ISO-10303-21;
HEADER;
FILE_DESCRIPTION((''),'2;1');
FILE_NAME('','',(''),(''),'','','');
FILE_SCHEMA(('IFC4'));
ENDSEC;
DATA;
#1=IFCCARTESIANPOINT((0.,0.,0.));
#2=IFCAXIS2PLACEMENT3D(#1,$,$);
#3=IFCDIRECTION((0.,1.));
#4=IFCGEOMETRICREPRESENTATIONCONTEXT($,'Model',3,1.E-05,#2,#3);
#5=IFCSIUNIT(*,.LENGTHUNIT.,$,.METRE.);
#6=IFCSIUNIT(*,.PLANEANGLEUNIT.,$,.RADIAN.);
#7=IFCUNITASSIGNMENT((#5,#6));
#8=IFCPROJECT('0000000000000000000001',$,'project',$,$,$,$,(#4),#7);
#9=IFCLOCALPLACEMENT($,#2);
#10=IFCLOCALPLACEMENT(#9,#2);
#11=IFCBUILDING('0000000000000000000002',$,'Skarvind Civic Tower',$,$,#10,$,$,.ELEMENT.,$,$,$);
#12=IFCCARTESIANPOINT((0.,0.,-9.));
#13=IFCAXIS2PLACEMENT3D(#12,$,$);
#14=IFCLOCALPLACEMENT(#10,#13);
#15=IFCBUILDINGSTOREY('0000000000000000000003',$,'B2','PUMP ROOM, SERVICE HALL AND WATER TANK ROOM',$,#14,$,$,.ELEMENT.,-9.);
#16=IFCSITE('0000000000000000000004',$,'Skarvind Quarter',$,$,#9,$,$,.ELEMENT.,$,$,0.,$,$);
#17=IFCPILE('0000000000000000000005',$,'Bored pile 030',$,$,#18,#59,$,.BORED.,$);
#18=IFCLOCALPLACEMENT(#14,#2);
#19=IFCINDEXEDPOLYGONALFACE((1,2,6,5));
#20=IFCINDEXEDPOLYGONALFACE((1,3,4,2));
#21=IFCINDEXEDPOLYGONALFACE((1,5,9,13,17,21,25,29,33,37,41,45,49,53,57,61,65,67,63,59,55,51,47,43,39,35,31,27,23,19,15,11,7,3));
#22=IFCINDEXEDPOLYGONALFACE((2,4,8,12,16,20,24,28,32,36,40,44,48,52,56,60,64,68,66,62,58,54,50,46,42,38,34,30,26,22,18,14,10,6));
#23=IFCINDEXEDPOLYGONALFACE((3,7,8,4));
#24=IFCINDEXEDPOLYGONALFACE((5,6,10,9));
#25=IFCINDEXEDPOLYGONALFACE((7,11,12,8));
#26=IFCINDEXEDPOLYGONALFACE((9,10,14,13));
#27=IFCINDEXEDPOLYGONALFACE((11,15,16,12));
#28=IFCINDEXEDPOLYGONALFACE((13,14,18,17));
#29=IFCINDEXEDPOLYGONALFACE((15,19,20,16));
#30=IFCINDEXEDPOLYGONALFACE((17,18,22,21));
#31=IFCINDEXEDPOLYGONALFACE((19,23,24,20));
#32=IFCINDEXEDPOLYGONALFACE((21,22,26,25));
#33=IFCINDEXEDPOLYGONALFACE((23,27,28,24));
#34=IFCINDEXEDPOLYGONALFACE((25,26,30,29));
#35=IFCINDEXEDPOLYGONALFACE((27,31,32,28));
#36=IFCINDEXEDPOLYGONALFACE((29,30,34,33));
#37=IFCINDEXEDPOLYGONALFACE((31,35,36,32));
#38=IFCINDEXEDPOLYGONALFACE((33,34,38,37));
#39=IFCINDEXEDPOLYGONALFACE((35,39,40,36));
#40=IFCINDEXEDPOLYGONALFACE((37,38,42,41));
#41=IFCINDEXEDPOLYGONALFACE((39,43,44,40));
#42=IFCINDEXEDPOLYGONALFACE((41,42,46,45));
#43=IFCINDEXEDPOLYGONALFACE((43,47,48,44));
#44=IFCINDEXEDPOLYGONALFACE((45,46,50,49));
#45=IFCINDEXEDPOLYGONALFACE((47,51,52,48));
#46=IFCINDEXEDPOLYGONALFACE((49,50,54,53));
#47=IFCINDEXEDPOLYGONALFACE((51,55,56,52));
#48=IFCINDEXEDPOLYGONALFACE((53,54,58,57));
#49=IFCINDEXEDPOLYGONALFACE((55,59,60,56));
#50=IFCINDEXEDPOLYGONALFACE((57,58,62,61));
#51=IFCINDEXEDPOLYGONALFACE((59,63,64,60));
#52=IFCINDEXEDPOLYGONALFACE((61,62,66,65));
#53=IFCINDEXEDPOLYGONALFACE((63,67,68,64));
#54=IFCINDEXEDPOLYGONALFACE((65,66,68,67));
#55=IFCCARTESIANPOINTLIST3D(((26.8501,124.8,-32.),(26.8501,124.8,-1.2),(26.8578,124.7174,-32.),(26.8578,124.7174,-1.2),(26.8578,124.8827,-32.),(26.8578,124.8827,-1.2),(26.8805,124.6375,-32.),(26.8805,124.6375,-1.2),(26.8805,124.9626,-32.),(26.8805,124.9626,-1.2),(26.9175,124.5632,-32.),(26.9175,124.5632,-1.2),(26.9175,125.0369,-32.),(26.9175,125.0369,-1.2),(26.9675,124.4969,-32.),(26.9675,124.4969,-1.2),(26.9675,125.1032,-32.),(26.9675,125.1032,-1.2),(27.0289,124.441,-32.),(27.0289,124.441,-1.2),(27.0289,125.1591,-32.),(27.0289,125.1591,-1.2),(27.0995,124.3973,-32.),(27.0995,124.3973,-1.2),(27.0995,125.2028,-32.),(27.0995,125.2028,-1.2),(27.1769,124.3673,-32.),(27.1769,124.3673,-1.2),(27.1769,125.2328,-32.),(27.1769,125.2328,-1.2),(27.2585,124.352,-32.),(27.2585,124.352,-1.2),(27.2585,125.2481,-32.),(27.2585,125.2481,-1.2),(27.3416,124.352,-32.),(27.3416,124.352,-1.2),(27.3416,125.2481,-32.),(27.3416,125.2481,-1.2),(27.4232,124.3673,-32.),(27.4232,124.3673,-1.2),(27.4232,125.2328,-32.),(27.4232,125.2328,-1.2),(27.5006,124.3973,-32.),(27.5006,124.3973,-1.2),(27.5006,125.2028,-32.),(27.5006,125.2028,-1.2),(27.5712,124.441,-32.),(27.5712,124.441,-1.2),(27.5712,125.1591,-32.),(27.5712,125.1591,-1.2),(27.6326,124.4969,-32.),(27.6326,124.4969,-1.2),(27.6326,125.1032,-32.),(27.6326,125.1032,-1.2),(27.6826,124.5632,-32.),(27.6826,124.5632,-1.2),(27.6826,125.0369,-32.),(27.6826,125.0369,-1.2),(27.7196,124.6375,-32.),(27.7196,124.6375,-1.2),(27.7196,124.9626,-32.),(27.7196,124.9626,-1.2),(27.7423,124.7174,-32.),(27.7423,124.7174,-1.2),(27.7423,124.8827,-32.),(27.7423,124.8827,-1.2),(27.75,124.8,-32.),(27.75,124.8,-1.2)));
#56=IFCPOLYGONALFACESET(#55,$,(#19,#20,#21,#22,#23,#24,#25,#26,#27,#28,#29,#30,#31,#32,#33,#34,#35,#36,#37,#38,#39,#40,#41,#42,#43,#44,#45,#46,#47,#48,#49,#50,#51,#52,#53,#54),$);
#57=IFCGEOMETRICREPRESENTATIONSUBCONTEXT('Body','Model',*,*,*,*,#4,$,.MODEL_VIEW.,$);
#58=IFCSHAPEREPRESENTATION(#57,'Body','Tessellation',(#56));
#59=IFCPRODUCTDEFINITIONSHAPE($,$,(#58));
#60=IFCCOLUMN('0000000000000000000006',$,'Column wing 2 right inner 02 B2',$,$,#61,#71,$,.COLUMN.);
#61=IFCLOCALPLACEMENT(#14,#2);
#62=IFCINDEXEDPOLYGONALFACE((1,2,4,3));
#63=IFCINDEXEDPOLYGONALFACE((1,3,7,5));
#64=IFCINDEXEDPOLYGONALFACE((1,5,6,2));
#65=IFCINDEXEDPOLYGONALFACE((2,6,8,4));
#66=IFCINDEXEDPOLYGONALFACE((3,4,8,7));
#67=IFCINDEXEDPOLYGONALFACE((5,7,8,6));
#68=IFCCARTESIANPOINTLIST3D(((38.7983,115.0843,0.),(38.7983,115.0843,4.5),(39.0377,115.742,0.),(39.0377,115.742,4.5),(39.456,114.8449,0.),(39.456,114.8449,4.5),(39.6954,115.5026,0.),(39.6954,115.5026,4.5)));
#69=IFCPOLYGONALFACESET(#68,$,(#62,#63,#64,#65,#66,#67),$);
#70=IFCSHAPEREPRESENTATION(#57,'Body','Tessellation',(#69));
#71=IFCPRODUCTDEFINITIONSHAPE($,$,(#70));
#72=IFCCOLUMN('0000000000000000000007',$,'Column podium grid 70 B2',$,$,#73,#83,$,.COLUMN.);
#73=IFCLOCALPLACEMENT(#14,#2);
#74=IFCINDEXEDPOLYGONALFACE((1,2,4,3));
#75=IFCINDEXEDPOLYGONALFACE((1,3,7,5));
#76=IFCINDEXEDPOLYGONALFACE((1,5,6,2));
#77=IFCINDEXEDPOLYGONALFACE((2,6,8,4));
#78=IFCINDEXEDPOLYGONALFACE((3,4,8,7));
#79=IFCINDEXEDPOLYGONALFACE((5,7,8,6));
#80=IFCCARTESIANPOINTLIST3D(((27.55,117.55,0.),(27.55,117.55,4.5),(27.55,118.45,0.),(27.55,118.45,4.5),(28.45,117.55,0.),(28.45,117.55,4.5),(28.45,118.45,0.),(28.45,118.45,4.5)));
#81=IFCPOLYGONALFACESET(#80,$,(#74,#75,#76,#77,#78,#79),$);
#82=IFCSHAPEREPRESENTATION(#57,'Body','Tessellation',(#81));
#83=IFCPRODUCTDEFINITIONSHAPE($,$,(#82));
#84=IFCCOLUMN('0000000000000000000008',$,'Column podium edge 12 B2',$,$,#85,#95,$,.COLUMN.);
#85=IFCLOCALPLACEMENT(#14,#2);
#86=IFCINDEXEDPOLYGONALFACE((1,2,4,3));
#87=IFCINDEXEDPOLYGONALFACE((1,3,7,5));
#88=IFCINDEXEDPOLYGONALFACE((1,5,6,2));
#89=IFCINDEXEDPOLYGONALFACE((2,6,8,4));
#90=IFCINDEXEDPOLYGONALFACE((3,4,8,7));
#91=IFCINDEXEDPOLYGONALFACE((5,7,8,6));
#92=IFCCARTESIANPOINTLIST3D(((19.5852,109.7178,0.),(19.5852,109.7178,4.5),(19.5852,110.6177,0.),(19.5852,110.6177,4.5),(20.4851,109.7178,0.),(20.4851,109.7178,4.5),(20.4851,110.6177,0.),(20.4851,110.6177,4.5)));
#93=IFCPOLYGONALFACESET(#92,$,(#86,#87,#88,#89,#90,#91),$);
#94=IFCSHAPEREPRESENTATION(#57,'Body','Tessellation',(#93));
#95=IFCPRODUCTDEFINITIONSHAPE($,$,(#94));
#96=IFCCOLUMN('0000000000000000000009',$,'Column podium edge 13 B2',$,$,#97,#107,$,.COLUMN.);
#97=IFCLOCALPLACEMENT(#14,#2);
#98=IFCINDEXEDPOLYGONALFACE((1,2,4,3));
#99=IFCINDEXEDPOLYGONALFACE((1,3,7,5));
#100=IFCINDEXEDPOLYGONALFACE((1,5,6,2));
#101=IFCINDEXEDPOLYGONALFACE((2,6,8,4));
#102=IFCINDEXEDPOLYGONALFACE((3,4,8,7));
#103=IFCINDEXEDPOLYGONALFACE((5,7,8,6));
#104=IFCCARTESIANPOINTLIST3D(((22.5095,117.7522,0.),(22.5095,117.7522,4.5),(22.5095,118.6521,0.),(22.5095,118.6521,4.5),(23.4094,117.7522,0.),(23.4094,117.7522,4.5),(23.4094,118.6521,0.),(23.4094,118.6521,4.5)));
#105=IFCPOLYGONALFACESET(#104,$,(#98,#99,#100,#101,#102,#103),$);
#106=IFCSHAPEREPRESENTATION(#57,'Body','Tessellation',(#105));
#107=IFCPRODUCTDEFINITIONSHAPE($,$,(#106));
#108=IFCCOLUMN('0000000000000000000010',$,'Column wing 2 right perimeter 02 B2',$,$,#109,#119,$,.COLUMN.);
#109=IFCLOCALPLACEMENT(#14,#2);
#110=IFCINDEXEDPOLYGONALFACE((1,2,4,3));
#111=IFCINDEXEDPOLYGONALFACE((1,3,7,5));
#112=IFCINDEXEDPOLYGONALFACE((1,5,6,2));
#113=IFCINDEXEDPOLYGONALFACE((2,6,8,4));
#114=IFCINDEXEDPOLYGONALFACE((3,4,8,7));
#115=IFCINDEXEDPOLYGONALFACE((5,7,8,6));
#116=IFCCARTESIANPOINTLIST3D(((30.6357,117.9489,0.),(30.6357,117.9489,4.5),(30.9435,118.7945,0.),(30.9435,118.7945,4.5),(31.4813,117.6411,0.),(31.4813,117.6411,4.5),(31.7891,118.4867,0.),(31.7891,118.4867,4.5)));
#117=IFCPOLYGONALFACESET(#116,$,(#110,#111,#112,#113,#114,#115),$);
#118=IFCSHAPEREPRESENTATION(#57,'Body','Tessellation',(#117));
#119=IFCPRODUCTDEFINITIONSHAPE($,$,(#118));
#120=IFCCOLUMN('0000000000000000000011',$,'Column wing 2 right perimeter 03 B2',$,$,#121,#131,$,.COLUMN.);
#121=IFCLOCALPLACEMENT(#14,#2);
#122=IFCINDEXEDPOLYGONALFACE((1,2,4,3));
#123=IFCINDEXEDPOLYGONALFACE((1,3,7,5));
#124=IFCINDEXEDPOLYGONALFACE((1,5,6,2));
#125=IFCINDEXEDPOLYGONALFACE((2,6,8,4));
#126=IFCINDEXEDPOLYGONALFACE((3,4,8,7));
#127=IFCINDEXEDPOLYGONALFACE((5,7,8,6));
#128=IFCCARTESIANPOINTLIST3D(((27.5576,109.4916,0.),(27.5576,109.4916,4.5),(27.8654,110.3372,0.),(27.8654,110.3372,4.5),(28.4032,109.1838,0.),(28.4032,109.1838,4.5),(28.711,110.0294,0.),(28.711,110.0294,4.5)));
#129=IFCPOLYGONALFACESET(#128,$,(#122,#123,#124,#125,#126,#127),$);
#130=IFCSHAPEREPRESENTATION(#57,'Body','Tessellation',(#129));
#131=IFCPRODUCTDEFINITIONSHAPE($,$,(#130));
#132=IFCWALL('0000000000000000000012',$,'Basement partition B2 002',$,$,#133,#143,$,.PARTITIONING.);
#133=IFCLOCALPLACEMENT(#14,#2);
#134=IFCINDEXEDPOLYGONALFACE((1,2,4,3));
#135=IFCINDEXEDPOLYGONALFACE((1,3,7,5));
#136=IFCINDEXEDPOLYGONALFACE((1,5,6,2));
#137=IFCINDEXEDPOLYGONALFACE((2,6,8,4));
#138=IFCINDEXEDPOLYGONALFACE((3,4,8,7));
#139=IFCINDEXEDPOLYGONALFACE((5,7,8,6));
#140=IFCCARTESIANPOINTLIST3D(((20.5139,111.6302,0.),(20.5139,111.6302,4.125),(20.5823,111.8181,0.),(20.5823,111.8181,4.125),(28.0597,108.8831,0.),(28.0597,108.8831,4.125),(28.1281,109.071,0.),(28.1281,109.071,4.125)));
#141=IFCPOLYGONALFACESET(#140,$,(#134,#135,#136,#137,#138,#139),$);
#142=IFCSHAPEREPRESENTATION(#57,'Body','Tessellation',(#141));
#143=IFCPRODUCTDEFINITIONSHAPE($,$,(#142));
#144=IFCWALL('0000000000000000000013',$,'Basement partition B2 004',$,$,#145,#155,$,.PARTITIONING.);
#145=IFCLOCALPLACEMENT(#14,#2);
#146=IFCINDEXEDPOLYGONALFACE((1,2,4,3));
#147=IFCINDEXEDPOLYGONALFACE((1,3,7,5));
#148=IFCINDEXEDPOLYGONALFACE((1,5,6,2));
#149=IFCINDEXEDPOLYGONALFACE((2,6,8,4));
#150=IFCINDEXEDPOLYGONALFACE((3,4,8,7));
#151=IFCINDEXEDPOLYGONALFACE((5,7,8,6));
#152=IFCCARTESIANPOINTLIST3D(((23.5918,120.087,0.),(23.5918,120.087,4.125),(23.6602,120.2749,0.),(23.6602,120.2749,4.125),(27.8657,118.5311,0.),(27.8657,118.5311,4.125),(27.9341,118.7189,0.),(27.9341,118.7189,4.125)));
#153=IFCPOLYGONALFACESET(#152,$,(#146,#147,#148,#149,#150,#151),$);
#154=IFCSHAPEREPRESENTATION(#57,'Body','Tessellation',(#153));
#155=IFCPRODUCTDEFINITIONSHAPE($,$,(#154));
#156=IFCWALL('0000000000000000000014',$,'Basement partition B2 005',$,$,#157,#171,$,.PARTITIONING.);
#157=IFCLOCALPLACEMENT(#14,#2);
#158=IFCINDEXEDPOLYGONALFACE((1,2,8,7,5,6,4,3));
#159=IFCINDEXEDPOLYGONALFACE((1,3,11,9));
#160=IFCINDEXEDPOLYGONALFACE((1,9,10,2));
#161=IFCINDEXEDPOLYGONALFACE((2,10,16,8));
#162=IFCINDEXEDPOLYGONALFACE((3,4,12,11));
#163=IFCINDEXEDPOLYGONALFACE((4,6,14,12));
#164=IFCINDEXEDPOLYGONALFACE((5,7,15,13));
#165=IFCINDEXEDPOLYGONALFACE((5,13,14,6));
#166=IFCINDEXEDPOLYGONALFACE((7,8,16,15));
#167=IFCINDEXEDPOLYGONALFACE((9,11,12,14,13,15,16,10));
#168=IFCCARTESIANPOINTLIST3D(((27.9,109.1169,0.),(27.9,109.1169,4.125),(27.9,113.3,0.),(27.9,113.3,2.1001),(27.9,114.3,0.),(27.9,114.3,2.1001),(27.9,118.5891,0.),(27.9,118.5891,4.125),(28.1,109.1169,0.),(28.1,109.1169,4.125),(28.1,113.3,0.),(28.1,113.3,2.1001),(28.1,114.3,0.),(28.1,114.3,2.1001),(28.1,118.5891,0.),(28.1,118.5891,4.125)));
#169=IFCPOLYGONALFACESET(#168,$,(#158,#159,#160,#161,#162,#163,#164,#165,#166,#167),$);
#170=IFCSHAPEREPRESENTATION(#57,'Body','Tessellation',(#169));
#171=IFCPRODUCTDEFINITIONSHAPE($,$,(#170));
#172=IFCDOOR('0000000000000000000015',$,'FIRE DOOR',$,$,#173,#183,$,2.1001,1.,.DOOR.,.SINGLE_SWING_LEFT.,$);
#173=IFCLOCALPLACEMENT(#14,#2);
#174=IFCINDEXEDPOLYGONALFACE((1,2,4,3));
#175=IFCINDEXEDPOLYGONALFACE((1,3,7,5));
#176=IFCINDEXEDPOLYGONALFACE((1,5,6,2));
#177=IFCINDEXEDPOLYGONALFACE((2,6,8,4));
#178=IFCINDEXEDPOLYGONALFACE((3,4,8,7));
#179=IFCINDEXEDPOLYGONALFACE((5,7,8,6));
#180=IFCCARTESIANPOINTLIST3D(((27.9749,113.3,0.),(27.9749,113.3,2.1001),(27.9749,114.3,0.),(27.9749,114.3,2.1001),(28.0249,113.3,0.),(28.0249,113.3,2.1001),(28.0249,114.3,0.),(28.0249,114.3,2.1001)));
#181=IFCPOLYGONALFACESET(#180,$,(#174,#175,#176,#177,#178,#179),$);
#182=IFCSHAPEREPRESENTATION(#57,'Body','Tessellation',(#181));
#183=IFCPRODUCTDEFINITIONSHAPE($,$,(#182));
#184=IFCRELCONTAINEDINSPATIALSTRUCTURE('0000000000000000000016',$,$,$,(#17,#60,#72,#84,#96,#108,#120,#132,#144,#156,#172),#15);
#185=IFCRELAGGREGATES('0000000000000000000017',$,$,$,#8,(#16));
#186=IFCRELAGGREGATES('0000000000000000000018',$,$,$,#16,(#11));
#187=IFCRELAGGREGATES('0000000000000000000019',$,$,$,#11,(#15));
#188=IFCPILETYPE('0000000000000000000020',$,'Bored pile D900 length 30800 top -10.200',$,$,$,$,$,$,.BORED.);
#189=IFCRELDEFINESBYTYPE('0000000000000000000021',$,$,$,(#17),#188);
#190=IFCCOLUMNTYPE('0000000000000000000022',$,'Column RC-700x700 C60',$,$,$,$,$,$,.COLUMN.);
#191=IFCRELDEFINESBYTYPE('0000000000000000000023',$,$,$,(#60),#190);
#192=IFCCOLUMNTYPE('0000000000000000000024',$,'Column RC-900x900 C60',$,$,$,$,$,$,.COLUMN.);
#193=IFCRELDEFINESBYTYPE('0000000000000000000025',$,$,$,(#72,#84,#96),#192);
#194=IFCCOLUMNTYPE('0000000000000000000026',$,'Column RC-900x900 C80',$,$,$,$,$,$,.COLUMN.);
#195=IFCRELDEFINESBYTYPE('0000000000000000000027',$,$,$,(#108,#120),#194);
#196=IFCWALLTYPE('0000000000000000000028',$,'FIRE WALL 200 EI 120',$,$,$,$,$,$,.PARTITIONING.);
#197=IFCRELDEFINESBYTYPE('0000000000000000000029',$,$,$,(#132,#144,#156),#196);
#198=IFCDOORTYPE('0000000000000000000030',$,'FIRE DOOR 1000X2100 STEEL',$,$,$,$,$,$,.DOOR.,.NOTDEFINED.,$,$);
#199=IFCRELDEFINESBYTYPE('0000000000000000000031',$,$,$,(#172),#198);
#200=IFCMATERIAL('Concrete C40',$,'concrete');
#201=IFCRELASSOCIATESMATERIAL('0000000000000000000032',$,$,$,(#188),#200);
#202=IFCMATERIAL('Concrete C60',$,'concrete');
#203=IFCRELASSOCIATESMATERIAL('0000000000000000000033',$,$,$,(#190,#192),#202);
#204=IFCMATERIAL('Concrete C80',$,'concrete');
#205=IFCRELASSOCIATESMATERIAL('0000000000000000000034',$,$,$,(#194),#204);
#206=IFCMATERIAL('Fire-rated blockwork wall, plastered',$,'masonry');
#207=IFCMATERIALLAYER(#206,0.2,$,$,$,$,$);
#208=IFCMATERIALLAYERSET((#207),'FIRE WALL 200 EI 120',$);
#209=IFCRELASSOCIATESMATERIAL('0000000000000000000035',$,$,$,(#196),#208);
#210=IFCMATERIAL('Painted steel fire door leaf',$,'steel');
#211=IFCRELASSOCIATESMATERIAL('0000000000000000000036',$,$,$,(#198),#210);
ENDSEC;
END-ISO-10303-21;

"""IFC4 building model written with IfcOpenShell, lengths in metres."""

from ifc_helpers import new_model, si_unit, direction, frame, frame_2d, origin, origin_2d, place, context, subcontext, project, spatial, rectangle, circle, extrude, material, layer, layer_set, material_profile, profile_set, type_object, element, fill, save


model = new_model("IFC4")

# Units and contexts
model_context = context("Model", 3, precision=1e-05, world=origin(), true_north=direction((0.0, 1.0)))
body_context = subcontext(model_context, "Body", "Model", "MODEL_VIEW")
ifc_project = project(units=[si_unit("LENGTHUNIT", "METRE"), si_unit("PLANEANGLEUNIT", "RADIAN")], contexts=[model_context])

# Site, building, storey
site_placement = place(None, origin())
site = spatial("IfcSite", under=ifc_project, at=site_placement, Name="Skarvind Quarter", CompositionType="ELEMENT", RefElevation=0.0)
building_placement = place(site_placement, origin())
building = spatial("IfcBuilding", under=site, at=building_placement, Name="Skarvind Civic Tower", CompositionType="ELEMENT")
storey_placement = place(building_placement, frame((0.0, 0.0, -9.0)))
storey = spatial("IfcBuildingStorey", under=building, at=storey_placement, Name="B2", Description="PUMP ROOM, SERVICE HALL AND WATER TANK ROOM", CompositionType="ELEMENT", Elevation=-9.0)

# Pile
ifc_material_1 = material(Name="Concrete C40", Category="concrete")
pile_type_1 = type_object("IfcPileType", Name="Bored pile D900 length 30800 top -10.200", PredefinedType="BORED", material=ifc_material_1)
for number, where, z_axis, x_axis, name in (
    (1, (27.3, 124.8, -1.2), (0.0, 0.0, -1.0), (1.0, 0.0, 0.0), "Bored pile 030"),
):
    element("IfcPile", number, at=place(storey_placement, frame(where, z_axis=z_axis, x_axis=x_axis)), inside=storey, type_object=pile_type_1, Name=name, PredefinedType="BORED", context=body_context, shape_type="SweptSolid", body=[
        extrude(circle(Radius=0.45, at=origin_2d()), origin(), (0.0, 0.0, 1.0), 30.8),
    ])

# Columns
ifc_material_2 = material(Name="Concrete C60", Category="concrete")
ifc_material_profile_1 = material_profile(ifc_material_2, rectangle(XDim=0.7, YDim=0.7, at=origin_2d()), Name="RC-700x700")
ifc_profile_set_1 = profile_set([ifc_material_profile_1], Name="Concrete C60")
column_type_1 = type_object("IfcColumnType", Name="Column RC-700x700 C60", PredefinedType="COLUMN", material=ifc_profile_set_1)
column_placement = place(storey_placement, frame((39.2468, 115.2935, 0.0), z_axis=(0.0, 0.0, 1.0), x_axis=(-0.34202, -0.939693, 0.0)))
element("IfcColumn", 2, at=column_placement, inside=storey, type_object=column_type_1, Name="Column wing 2 right inner 02 B2", PredefinedType="COLUMN", context=body_context, shape_type="SweptSolid", body=[
    extrude(rectangle(XDim=0.7, YDim=0.7, at=origin_2d()), origin(), (0.0, 0.0, 1.0), 4.5),
])
ifc_material_profile_2 = material_profile(ifc_material_2, rectangle(XDim=0.8999, YDim=0.8999, at=origin_2d()), Name="RC-900x900")
ifc_profile_set_2 = profile_set([ifc_material_profile_2], Name="Concrete C60")
column_type_2 = type_object("IfcColumnType", Name="Column RC-900x900 C60", PredefinedType="COLUMN", material=ifc_profile_set_2)
for number, where, z_axis, x_axis, name in (
    (3, (28.0, 118.0, 0.0), (0.0, 0.0, 1.0), (1.0, 0.0, 0.0), "Column podium grid 70 B2"),
    (4, (20.0352, 110.1677, 0.0), (0.0, 0.0, 1.0), (1.0, 0.0, 0.0), "Column podium edge 12 B2"),
    (5, (22.9595, 118.2021, 0.0), (0.0, 0.0, 1.0), (1.0, 0.0, 0.0), "Column podium edge 13 B2"),
):
    element("IfcColumn", number, at=place(storey_placement, frame(where, z_axis=z_axis, x_axis=x_axis)), inside=storey, type_object=column_type_2, Name=name, PredefinedType="COLUMN", context=body_context, shape_type="SweptSolid", body=[
        extrude(rectangle(XDim=0.8999, YDim=0.8999, at=origin_2d()), origin(), (0.0, 0.0, 1.0), 4.5),
    ])
ifc_material_3 = material(Name="Concrete C80", Category="concrete")
ifc_material_profile_3 = material_profile(ifc_material_3, rectangle(XDim=0.8999, YDim=0.8999, at=origin_2d()), Name="RC-900x900")
ifc_profile_set_3 = profile_set([ifc_material_profile_3], Name="Concrete C80")
column_type_3 = type_object("IfcColumnType", Name="Column RC-900x900 C80", PredefinedType="COLUMN", material=ifc_profile_set_3)
for number, where, z_axis, x_axis, name in (
    (6, (31.2124, 118.2178, 0.0), (0.0, 0.0, 1.0), (-0.34202, -0.939693, 0.0), "Column wing 2 right perimeter 02 B2"),
    (7, (28.1343, 109.7605, 0.0), (0.0, 0.0, 1.0), (-0.34202, -0.939693, 0.0), "Column wing 2 right perimeter 03 B2"),
):
    element("IfcColumn", number, at=place(storey_placement, frame(where, z_axis=z_axis, x_axis=x_axis)), inside=storey, type_object=column_type_3, Name=name, PredefinedType="COLUMN", context=body_context, shape_type="SweptSolid", body=[
        extrude(rectangle(XDim=0.8999, YDim=0.8999, at=origin_2d()), origin(), (0.0, 0.0, 1.0), 4.5),
    ])

# Walls
ifc_material_4 = material(Name="Fire-rated blockwork wall, plastered", Category="masonry")
ifc_layer_1 = layer(ifc_material_4, 0.2)
ifc_layer_set_1 = layer_set([ifc_layer_1], Name="FIRE WALL 200 EI 120")
wall_type_1 = type_object("IfcWallType", Name="FIRE WALL 200 EI 120", PredefinedType="PARTITIONING", material=ifc_layer_set_1)
wall_1_placement = place(storey_placement, frame((20.5481, 111.7241, 0.0), z_axis=(0.0, 0.0, 1.0), x_axis=(0.939669, -0.342085, 0.0)))
element("IfcWall", 8, at=wall_1_placement, inside=storey, type_object=wall_type_1, Name="Basement partition B2 002", PredefinedType="PARTITIONING", context=body_context, shape_type="SweptSolid", body=[
    extrude(rectangle(XDim=8.0303, YDim=0.2, at=frame_2d((4.0151, 0.0))), origin(), (0.0, 0.0, 1.0), 4.125),
])
wall_2_placement = place(storey_placement, frame((23.626, 120.1809, 0.0), z_axis=(0.0, 0.0, 1.0), x_axis=(0.93967, -0.342084, 0.0)))
element("IfcWall", 9, at=wall_2_placement, inside=storey, type_object=wall_type_1, Name="Basement partition B2 004", PredefinedType="PARTITIONING", context=body_context, shape_type="SweptSolid", body=[
    extrude(rectangle(XDim=4.5483, YDim=0.2, at=frame_2d((2.2742, 0.0))), origin(), (0.0, 0.0, 1.0), 4.125),
])

# Wall, opening, door
wall_3_placement = place(storey_placement, frame((28.0, 118.5891, 0.0), z_axis=(0.0, 0.0, 1.0), x_axis=(0.0, -1.0, 0.0)))
wall_3 = element("IfcWall", 10, at=wall_3_placement, inside=storey, type_object=wall_type_1, Name="Basement partition B2 005", PredefinedType="PARTITIONING", context=body_context, shape_type="SweptSolid", body=[
    extrude(rectangle(XDim=9.4722, YDim=0.2, at=frame_2d((4.7361, 0.0))), origin(), (0.0, 0.0, 1.0), 4.125),
])
opening_1_placement = place(wall_3_placement, frame((4.2891, 0.0, 0.0)))
opening_1 = element("IfcOpeningElement", 11, at=opening_1_placement, cuts=wall_3, PredefinedType="OPENING", context=body_context, shape_type="SweptSolid", body=[
    extrude(rectangle(XDim=1.0, YDim=2.1001, at=frame_2d((0.5, 1.05))), frame((0.0, 0.1099, 0.0), z_axis=(0.0, -1.0, 0.0), x_axis=(1.0, 0.0, 0.0)), (0.0, 0.0, 1.0), 0.22),
])
ifc_material_5 = material(Name="Painted steel fire door leaf", Category="steel")
door_type = type_object("IfcDoorType", Name="FIRE DOOR 1000X2100 STEEL", OperationType="NOTDEFINED", PredefinedType="DOOR", material=ifc_material_5)
door_1_placement = place(opening_1_placement, origin())
door_1 = element("IfcDoor", 12, at=door_1_placement, inside=storey, type_object=door_type, Name="FIRE DOOR", OperationType="SINGLE_SWING_LEFT", OverallHeight=2.1001, OverallWidth=1.0, PredefinedType="DOOR", context=body_context, shape_type="SweptSolid", body=[
    extrude(rectangle(XDim=1.0, YDim=2.1001, at=frame_2d((0.5, 1.05))), frame((0.0, 0.0249, 0.0), z_axis=(0.0, -1.0, 0.0), x_axis=(1.0, 0.0, 0.0)), (0.0, 0.0, 1.0), 0.05),
])
fill(opening_1, door_1)

save(model, "model.ifc")
